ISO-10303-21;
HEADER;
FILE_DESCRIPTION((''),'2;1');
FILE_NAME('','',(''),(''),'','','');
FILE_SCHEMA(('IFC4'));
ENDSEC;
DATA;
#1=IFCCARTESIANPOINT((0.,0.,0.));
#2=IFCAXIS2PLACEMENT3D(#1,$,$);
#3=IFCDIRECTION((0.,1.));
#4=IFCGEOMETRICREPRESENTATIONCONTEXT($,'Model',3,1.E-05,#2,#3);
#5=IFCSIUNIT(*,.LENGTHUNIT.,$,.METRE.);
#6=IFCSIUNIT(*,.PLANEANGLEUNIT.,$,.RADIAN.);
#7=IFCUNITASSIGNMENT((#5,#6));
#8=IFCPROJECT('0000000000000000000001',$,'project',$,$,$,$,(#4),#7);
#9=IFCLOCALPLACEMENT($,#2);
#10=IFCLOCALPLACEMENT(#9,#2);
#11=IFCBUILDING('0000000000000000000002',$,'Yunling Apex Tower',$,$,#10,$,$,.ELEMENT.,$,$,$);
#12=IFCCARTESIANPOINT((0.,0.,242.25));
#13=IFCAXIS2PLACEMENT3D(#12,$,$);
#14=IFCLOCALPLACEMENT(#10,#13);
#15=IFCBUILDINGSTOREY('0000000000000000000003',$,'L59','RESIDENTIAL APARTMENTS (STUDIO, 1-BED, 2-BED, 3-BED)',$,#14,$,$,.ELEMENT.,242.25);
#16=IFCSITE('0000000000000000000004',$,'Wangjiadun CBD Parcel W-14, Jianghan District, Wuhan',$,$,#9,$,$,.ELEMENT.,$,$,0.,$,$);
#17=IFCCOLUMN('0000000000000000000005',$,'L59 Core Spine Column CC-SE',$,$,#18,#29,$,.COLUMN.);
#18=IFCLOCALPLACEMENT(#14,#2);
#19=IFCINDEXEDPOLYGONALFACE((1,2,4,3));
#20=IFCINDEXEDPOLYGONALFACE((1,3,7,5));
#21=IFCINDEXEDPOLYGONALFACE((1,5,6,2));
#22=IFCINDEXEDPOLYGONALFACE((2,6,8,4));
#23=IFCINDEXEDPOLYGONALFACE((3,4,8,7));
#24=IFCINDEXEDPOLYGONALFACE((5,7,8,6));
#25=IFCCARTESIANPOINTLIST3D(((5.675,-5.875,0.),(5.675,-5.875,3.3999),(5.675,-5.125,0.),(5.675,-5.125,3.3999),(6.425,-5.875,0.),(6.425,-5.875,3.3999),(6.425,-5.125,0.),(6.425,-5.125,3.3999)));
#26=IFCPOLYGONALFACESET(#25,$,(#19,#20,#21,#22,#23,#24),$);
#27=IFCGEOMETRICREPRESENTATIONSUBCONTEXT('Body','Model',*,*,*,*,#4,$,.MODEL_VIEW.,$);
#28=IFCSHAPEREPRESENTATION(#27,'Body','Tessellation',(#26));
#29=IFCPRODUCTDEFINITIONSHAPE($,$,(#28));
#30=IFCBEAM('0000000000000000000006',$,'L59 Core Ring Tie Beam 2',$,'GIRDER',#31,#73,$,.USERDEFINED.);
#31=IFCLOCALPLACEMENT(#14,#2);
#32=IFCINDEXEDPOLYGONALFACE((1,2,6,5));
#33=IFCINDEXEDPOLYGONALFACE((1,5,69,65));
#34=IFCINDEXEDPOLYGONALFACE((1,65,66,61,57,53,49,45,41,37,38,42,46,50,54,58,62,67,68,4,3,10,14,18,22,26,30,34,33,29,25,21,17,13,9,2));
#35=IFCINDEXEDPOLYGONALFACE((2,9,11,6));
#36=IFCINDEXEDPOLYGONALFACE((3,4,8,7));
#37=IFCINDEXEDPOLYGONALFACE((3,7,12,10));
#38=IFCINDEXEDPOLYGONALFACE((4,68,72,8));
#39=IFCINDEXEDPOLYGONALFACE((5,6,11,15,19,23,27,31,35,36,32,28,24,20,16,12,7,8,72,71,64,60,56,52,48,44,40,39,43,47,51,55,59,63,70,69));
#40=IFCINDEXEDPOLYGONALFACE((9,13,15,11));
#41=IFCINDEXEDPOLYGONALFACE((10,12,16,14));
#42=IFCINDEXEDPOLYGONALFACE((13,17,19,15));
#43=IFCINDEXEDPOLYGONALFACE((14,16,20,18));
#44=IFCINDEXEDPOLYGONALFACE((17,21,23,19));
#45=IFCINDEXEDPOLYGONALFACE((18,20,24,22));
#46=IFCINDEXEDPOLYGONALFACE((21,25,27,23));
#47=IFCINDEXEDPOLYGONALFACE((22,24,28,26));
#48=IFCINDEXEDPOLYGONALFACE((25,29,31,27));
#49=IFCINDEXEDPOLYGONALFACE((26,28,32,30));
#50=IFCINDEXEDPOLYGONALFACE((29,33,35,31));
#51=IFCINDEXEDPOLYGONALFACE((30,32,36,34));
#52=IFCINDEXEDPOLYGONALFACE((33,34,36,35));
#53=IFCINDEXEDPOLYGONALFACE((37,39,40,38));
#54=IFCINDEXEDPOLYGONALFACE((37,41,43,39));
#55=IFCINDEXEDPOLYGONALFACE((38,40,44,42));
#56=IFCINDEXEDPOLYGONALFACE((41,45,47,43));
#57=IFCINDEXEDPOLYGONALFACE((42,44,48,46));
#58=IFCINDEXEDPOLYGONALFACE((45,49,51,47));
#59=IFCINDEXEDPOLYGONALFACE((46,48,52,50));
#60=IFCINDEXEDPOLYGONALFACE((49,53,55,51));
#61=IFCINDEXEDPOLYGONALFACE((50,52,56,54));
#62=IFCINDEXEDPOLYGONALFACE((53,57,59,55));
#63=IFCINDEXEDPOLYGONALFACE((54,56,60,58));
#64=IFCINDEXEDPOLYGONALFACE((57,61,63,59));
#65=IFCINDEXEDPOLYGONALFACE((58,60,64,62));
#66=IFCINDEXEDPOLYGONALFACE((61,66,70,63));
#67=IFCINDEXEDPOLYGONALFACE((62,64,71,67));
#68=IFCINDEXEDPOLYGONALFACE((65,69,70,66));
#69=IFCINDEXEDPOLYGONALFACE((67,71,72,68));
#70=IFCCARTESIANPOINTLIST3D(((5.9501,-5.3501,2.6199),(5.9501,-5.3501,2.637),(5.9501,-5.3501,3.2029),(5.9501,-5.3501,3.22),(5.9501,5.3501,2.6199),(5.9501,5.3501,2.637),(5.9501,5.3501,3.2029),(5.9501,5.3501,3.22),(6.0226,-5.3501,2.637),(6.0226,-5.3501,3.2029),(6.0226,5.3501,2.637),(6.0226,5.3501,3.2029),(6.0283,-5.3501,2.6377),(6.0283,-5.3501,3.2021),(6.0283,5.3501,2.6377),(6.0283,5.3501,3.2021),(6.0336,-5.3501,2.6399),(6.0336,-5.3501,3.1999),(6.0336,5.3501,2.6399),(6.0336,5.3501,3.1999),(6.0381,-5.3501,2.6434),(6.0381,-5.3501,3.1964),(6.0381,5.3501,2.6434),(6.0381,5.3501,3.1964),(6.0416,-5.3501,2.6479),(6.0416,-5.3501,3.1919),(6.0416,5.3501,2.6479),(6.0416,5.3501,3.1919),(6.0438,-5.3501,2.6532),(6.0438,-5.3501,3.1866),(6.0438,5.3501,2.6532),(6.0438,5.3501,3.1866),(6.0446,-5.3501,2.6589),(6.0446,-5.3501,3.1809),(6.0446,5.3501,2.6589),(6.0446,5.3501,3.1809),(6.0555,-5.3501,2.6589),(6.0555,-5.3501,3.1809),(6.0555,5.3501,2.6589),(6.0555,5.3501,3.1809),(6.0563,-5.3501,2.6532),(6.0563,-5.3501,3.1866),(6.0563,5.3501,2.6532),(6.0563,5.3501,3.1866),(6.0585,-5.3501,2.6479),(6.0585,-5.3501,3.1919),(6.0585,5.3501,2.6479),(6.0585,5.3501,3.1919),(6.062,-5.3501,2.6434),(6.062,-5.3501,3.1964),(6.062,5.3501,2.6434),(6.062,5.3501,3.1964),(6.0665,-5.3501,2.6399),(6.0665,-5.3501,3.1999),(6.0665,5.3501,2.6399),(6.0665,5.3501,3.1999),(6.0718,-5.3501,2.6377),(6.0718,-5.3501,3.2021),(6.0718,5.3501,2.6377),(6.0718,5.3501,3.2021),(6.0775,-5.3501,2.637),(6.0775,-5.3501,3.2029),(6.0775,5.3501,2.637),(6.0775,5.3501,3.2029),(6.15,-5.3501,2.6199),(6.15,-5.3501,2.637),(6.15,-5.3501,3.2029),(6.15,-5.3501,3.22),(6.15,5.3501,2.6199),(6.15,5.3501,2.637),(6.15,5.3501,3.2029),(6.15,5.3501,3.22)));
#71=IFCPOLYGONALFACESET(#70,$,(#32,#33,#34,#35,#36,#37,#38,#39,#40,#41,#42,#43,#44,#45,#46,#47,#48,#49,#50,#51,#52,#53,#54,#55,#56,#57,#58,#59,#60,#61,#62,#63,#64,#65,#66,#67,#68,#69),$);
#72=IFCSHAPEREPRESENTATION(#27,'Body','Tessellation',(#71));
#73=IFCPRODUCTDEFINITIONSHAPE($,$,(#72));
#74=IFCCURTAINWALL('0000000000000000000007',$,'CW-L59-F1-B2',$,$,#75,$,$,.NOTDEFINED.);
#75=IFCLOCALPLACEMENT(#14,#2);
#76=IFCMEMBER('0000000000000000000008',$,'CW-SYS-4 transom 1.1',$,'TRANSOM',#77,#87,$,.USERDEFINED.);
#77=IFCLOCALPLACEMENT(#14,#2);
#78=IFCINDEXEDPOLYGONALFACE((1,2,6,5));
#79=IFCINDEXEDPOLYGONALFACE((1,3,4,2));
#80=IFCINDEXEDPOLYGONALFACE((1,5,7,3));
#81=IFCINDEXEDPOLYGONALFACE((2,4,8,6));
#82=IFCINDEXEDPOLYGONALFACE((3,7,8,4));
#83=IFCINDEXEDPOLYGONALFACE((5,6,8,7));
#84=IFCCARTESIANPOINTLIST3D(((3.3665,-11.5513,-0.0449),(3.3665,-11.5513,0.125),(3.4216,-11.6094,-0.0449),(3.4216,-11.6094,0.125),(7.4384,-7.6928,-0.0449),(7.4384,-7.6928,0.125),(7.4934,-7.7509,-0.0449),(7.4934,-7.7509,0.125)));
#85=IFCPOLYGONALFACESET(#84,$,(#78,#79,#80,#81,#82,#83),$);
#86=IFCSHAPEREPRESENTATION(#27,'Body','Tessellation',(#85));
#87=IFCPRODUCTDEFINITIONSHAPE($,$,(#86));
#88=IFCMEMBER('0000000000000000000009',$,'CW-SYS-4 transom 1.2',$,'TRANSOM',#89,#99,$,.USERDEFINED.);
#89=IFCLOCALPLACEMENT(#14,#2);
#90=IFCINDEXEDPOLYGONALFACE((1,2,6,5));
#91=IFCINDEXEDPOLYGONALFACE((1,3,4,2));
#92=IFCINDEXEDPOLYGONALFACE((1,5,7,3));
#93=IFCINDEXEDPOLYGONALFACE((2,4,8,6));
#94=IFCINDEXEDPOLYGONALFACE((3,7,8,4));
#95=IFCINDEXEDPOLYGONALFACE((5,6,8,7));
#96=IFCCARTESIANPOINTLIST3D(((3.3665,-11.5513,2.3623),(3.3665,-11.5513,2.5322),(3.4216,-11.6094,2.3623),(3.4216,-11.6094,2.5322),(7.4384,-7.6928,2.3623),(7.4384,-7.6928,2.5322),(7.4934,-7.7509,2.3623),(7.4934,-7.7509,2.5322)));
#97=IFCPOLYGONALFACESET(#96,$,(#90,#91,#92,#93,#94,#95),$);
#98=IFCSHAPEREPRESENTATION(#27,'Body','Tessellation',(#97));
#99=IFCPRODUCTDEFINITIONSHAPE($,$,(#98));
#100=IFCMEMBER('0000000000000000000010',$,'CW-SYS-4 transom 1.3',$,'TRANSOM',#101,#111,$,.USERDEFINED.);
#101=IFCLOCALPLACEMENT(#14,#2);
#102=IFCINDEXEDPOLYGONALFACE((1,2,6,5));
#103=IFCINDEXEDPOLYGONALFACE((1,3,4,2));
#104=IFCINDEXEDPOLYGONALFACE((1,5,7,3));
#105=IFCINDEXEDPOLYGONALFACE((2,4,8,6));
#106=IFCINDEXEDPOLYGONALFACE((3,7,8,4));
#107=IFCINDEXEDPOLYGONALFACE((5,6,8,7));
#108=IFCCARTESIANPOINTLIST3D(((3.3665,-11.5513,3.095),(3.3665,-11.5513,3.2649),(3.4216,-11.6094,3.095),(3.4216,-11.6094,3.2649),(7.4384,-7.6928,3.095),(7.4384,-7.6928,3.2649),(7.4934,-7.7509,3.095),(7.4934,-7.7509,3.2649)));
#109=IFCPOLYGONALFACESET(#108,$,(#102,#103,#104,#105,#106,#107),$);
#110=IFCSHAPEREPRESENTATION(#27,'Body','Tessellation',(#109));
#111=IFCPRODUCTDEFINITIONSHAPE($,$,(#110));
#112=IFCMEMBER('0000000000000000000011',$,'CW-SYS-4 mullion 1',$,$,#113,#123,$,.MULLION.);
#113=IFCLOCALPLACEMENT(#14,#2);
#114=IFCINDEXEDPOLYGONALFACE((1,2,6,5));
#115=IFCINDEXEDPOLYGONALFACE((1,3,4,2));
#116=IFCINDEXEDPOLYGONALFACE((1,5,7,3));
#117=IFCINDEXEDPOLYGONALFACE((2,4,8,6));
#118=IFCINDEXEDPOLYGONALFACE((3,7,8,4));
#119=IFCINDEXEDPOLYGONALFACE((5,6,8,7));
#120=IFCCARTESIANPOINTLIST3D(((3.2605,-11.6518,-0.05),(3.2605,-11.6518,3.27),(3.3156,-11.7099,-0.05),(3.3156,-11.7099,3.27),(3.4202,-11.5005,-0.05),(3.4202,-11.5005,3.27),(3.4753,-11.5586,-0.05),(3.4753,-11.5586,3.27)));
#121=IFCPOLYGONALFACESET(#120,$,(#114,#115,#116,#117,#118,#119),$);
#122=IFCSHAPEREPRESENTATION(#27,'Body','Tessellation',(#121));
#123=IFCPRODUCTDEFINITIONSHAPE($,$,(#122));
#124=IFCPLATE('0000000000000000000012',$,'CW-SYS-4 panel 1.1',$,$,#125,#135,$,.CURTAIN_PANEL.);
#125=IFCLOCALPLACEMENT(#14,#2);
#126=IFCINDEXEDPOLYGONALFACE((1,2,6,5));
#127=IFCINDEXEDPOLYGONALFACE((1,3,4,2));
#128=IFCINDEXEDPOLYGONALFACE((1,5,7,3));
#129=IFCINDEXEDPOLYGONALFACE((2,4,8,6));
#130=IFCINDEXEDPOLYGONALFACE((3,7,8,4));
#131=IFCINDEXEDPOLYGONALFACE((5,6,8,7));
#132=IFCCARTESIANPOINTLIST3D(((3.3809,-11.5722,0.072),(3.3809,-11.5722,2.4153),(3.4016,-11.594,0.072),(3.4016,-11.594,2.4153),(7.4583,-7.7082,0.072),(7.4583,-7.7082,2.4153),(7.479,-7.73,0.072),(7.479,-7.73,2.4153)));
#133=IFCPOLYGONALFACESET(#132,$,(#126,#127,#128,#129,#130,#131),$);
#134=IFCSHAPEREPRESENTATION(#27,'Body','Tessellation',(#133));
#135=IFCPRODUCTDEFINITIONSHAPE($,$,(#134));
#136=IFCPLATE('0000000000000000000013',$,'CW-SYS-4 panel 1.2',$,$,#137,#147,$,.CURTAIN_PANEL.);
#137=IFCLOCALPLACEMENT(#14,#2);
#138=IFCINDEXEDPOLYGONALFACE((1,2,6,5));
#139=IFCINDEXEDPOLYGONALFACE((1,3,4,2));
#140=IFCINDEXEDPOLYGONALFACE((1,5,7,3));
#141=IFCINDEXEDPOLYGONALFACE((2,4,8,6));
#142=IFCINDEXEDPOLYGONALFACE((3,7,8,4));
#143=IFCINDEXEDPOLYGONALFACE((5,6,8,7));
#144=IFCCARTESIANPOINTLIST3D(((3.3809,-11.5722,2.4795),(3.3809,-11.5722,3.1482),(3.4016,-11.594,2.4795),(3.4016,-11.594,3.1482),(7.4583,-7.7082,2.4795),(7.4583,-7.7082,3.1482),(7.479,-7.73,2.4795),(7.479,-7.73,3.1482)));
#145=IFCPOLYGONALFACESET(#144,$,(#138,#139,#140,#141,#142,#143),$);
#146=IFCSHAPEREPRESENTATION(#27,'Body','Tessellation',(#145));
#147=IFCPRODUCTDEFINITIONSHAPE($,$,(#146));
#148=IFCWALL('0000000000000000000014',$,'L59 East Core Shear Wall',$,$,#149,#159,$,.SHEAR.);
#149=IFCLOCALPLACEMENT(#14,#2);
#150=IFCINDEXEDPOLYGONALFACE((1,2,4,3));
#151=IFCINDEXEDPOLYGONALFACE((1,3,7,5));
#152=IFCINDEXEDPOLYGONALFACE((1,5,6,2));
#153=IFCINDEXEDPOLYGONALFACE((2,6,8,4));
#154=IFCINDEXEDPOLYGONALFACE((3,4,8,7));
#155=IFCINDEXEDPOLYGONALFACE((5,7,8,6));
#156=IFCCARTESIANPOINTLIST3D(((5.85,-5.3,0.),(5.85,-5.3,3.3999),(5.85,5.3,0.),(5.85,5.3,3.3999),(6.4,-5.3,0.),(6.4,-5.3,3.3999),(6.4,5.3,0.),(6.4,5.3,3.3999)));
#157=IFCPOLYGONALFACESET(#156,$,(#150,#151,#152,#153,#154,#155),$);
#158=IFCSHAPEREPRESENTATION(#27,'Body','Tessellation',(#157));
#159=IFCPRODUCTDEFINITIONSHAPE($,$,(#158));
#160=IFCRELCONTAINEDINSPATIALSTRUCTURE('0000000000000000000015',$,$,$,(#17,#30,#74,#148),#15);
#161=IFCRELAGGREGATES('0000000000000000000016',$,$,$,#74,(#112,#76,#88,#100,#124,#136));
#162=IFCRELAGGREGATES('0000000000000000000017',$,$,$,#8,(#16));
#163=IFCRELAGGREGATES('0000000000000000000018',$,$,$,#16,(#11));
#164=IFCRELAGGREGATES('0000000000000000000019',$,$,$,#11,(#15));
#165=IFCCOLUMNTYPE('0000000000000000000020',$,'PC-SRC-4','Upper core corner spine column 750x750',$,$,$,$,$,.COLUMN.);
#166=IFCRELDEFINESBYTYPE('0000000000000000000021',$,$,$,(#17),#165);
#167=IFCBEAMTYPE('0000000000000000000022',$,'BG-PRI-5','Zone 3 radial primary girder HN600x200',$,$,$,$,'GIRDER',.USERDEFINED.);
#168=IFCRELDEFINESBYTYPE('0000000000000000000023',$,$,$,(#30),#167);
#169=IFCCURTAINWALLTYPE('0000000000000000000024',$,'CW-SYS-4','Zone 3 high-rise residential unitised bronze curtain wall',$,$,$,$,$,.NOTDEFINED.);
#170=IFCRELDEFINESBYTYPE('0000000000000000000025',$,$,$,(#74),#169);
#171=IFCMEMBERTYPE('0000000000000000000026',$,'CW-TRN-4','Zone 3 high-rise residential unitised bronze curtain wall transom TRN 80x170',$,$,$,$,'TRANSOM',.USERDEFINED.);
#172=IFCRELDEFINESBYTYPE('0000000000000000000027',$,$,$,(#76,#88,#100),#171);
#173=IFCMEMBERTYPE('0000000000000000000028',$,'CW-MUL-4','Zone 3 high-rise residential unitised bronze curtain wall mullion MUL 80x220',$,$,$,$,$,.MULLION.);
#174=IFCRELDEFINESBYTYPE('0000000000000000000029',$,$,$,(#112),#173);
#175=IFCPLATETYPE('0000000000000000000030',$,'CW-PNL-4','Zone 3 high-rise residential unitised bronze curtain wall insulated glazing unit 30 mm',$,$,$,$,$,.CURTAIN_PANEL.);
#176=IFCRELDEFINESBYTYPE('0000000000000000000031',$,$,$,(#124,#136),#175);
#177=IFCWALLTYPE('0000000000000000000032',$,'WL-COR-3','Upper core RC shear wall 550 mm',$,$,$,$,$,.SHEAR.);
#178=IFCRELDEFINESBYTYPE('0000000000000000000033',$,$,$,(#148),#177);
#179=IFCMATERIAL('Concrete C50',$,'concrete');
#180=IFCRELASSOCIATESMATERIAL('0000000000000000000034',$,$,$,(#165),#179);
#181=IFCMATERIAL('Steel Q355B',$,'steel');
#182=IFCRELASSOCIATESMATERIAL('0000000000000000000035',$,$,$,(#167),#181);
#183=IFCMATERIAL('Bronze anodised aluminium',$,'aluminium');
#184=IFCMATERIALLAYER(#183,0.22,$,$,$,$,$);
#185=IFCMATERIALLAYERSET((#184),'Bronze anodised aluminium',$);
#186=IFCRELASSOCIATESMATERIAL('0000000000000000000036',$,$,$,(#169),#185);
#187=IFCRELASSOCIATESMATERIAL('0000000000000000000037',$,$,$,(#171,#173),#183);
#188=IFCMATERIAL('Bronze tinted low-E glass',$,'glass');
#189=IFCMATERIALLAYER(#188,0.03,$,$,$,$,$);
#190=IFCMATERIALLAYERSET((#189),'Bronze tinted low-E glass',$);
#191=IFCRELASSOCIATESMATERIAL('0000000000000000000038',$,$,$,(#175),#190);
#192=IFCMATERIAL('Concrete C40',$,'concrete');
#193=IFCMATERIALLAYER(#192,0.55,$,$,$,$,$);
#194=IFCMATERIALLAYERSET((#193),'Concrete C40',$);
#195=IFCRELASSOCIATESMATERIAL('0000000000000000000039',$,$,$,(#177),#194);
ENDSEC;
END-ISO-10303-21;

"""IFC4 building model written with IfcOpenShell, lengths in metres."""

from ifc_helpers import new_model, si_unit, direction, frame, frame_2d, origin, origin_2d, place, context, subcontext, project, spatial, rectangle, i_section, extrude, source, transform, mapped, material, layer, layer_set, material_profile, profile_set, type_object, element, aggregate, save


model = new_model("IFC4")

# Units and contexts
model_context = context("Model", 3, precision=1e-05, world=origin(), true_north=direction((0.0, 1.0)))
body_context = subcontext(model_context, "Body", "Model", "MODEL_VIEW")
ifc_project = project(units=[si_unit("LENGTHUNIT", "METRE"), si_unit("PLANEANGLEUNIT", "RADIAN")], contexts=[model_context])

# Site, building, storey
site_placement = place(None, origin())
site = spatial("IfcSite", under=ifc_project, at=site_placement, Name="Wangjiadun CBD Parcel W-14, Jianghan District, Wuhan", CompositionType="ELEMENT", RefElevation=0.0)
building_placement = place(site_placement, origin())
building = spatial("IfcBuilding", under=site, at=building_placement, Name="Yunling Apex Tower", CompositionType="ELEMENT")
storey_placement = place(building_placement, frame((0.0, 0.0, 242.25)))
storey = spatial("IfcBuildingStorey", under=building, at=storey_placement, Name="L59", Description="RESIDENTIAL APARTMENTS (STUDIO, 1-BED, 2-BED, 3-BED)", CompositionType="ELEMENT", Elevation=242.25)

# Column
ifc_material_1 = material(Name="Concrete C50", Category="concrete")
ifc_material_profile_1 = material_profile(ifc_material_1, rectangle(XDim=0.75, YDim=0.75, at=origin_2d()))
ifc_profile_set_1 = profile_set([ifc_material_profile_1], Name="Concrete C50")
column_type = type_object("IfcColumnType", Name="PC-SRC-4", Description="Upper core corner spine column 750x750", PredefinedType="COLUMN", material=ifc_profile_set_1)
shared_shape_1 = source(origin(), body_context, "Body", "SweptSolid", [
    extrude(rectangle(XDim=0.75, YDim=0.75, at=origin_2d()), origin(), (0.0, 0.0, 1.0), 3.3999),
])
column_placement = place(storey_placement, frame((6.05, -5.5, 0.0), z_axis=(0.0, 0.0, 1.0), x_axis=(1.0, 0.0, 0.0)))
element("IfcColumn", 1, at=column_placement, inside=storey, type_object=column_type, Name="L59 Core Spine Column CC-SE", PredefinedType="COLUMN", context=body_context, shape_type="MappedRepresentation", body=[
    mapped(shared_shape_1, transform((0.0, 0.0, 0.0), scale=1.0)),
])

# Beam
ifc_material_2 = material(Name="Steel Q355B", Category="steel")
ifc_material_profile_2 = material_profile(ifc_material_2, i_section(OverallWidth=0.2, OverallDepth=0.6001, WebThickness=0.011, FlangeThickness=0.0171, FilletRadius=0.022, at=origin_2d()))
ifc_profile_set_2 = profile_set([ifc_material_profile_2], Name="Steel Q355B")
beam_type = type_object("IfcBeamType", Name="BG-PRI-5", Description="Zone 3 radial primary girder HN600x200", ElementType="GIRDER", PredefinedType="USERDEFINED", material=ifc_profile_set_2)
shared_shape_2 = source(origin(), body_context, "Body", "SweptSolid", [
    extrude(i_section(OverallWidth=0.2, OverallDepth=0.6001, WebThickness=0.011, FlangeThickness=0.0171, FilletRadius=0.022, at=origin_2d()), origin(), (0.0, 0.0, 1.0), 10.7002),
])
beam_placement = place(storey_placement, frame((6.05, -5.3501, 2.9199), z_axis=(0.0, 1.0, 0.0), x_axis=(-1.0, 0.0, 0.0)))
element("IfcBeam", 2, at=beam_placement, inside=storey, type_object=beam_type, Name="L59 Core Ring Tie Beam 2", ObjectType="GIRDER", PredefinedType="USERDEFINED", context=body_context, shape_type="MappedRepresentation", body=[
    mapped(shared_shape_2, transform((0.0, 0.0, 0.0), scale=1.0)),
])

# Curtain wall, members, plates
ifc_material_3 = material(Name="Bronze anodised aluminium", Category="aluminium")
ifc_layer_1 = layer(ifc_material_3, 0.22)
ifc_layer_set_1 = layer_set([ifc_layer_1], Name="Bronze anodised aluminium")
curtain_wall_type = type_object("IfcCurtainWallType", Name="CW-SYS-4", Description="Zone 3 high-rise residential unitised bronze curtain wall", PredefinedType="NOTDEFINED", material=ifc_layer_set_1)
curtain_wall_placement = place(storey_placement, origin())
curtain_wall = element("IfcCurtainWall", 3, at=curtain_wall_placement, inside=storey, type_object=curtain_wall_type, Name="CW-L59-F1-B2", PredefinedType="NOTDEFINED")
ifc_material_profile_3 = material_profile(ifc_material_3, rectangle(XDim=0.0801, YDim=0.1699, at=origin_2d()))
ifc_profile_set_3 = profile_set([ifc_material_profile_3], Name="Bronze anodised aluminium")
member_type_1 = type_object("IfcMemberType", Name="CW-TRN-4", Description="Zone 3 high-rise residential unitised bronze curtain wall transom TRN 80x170", ElementType="TRANSOM", PredefinedType="USERDEFINED", material=ifc_profile_set_3)
shared_shape_3 = source(origin(), body_context, "Body", "SweptSolid", [
    extrude(rectangle(XDim=0.0801, YDim=0.1699, at=origin_2d()), origin(), (0.0, 0.0, 1.0), 5.6096),
])
member_1_placement = place(storey_placement, frame((3.394, -11.5803, 0.04), z_axis=(0.72587, 0.687832, 0.0), x_axis=(-0.687832, 0.72587, 0.0)))
member_1 = element("IfcMember", 4, at=member_1_placement, type_object=member_type_1, Name="CW-SYS-4 transom 1.1", ObjectType="TRANSOM", PredefinedType="USERDEFINED", context=body_context, shape_type="MappedRepresentation", body=[
    mapped(shared_shape_3, transform((0.0, 0.0, 0.0), scale=1.0)),
])
member_2_placement = place(storey_placement, frame((3.394, -11.5803, 2.4473), z_axis=(0.72587, 0.687832, 0.0), x_axis=(-0.687832, 0.72587, 0.0)))
member_2 = element("IfcMember", 5, at=member_2_placement, type_object=member_type_1, Name="CW-SYS-4 transom 1.2", ObjectType="TRANSOM", PredefinedType="USERDEFINED", context=body_context, shape_type="MappedRepresentation", body=[
    mapped(shared_shape_3, transform((0.0, 0.0, 0.0), scale=1.0)),
])
member_3_placement = place(storey_placement, frame((3.394, -11.5803, 3.1799), z_axis=(0.72587, 0.687832, 0.0), x_axis=(-0.687832, 0.72587, 0.0)))
member_3 = element("IfcMember", 6, at=member_3_placement, type_object=member_type_1, Name="CW-SYS-4 transom 1.3", ObjectType="TRANSOM", PredefinedType="USERDEFINED", context=body_context, shape_type="MappedRepresentation", body=[
    mapped(shared_shape_3, transform((0.0, 0.0, 0.0), scale=1.0)),
])
ifc_material_profile_4 = material_profile(ifc_material_3, rectangle(XDim=0.0801, YDim=0.22, at=origin_2d()))
ifc_profile_set_4 = profile_set([ifc_material_profile_4], Name="Bronze anodised aluminium")
member_type_2 = type_object("IfcMemberType", Name="CW-MUL-4", Description="Zone 3 high-rise residential unitised bronze curtain wall mullion MUL 80x220", PredefinedType="MULLION", material=ifc_profile_set_4)
shared_shape_4 = source(origin(), body_context, "Body", "SweptSolid", [
    extrude(rectangle(XDim=0.0801, YDim=0.22, at=origin_2d()), origin(), (0.0, 0.0, 1.0), 3.3201),
])
member_4_placement = place(storey_placement, frame((3.3679, -11.6052, -0.05), z_axis=(0.0, 0.0, 1.0), x_axis=(-0.687854, 0.725849, 0.0)))
member_4 = element("IfcMember", 7, at=member_4_placement, type_object=member_type_2, Name="CW-SYS-4 mullion 1", PredefinedType="MULLION", context=body_context, shape_type="MappedRepresentation", body=[
    mapped(shared_shape_4, transform((0.0, 0.0, 0.0), scale=1.0)),
])
ifc_material_4 = material(Name="Bronze tinted low-E glass", Category="glass")
ifc_layer_2 = layer(ifc_material_4, 0.03)
ifc_layer_set_2 = layer_set([ifc_layer_2], Name="Bronze tinted low-E glass")
plate_type = type_object("IfcPlateType", Name="CW-PNL-4", Description="Zone 3 high-rise residential unitised bronze curtain wall insulated glazing unit 30 mm", PredefinedType="CURTAIN_PANEL", material=ifc_layer_set_2)
shared_shape_5 = source(origin(), body_context, "Body", "SweptSolid", [
    extrude(rectangle(XDim=5.6174, YDim=0.03, at=origin_2d()), origin(), (0.0, 0.0, 1.0), 2.3433),
])
plate_1_placement = place(storey_placement, frame((5.4299, -9.6511, 0.072), z_axis=(0.0, 0.0, 1.0), x_axis=(0.725849, 0.687854, 0.0)))
plate_1 = element("IfcPlate", 8, at=plate_1_placement, type_object=plate_type, Name="CW-SYS-4 panel 1.1", PredefinedType="CURTAIN_PANEL", context=body_context, shape_type="MappedRepresentation", body=[
    mapped(shared_shape_5, transform((0.0, 0.0, 0.0), scale=1.0)),
])
shared_shape_6 = source(origin(), body_context, "Body", "SweptSolid", [
    extrude(rectangle(XDim=5.6174, YDim=0.03, at=origin_2d()), origin(), (0.0, 0.0, 1.0), 0.6687),
])
plate_2_placement = place(storey_placement, frame((5.4299, -9.6511, 2.4795), z_axis=(0.0, 0.0, 1.0), x_axis=(0.725849, 0.687854, 0.0)))
plate_2 = element("IfcPlate", 9, at=plate_2_placement, type_object=plate_type, Name="CW-SYS-4 panel 1.2", PredefinedType="CURTAIN_PANEL", context=body_context, shape_type="MappedRepresentation", body=[
    mapped(shared_shape_6, transform((0.0, 0.0, 0.0), scale=1.0)),
])
aggregate(curtain_wall, [member_4, member_1, member_2, member_3, plate_1, plate_2])

# Wall
ifc_material_5 = material(Name="Concrete C40", Category="concrete")
ifc_layer_3 = layer(ifc_material_5, 0.55)
ifc_layer_set_3 = layer_set([ifc_layer_3], Name="Concrete C40")
wall_type_1 = type_object("IfcWallType", Name="WL-COR-3", Description="Upper core RC shear wall 550 mm", PredefinedType="SHEAR", material=ifc_layer_set_3)
wall_1_placement = place(storey_placement, frame((6.125, -5.3, 0.0), z_axis=(0.0, 0.0, 1.0), x_axis=(0.0, 1.0, 0.0)))
element("IfcWall", 10, at=wall_1_placement, inside=storey, type_object=wall_type_1, Name="L59 East Core Shear Wall", PredefinedType="SHEAR", context=body_context, shape_type="SweptSolid", body=[
    extrude(rectangle(XDim=10.6001, YDim=0.55, at=frame_2d((5.3, 0.0))), origin(), (0.0, 0.0, 1.0), 3.3999),
])

save(model, "model.ifc")
